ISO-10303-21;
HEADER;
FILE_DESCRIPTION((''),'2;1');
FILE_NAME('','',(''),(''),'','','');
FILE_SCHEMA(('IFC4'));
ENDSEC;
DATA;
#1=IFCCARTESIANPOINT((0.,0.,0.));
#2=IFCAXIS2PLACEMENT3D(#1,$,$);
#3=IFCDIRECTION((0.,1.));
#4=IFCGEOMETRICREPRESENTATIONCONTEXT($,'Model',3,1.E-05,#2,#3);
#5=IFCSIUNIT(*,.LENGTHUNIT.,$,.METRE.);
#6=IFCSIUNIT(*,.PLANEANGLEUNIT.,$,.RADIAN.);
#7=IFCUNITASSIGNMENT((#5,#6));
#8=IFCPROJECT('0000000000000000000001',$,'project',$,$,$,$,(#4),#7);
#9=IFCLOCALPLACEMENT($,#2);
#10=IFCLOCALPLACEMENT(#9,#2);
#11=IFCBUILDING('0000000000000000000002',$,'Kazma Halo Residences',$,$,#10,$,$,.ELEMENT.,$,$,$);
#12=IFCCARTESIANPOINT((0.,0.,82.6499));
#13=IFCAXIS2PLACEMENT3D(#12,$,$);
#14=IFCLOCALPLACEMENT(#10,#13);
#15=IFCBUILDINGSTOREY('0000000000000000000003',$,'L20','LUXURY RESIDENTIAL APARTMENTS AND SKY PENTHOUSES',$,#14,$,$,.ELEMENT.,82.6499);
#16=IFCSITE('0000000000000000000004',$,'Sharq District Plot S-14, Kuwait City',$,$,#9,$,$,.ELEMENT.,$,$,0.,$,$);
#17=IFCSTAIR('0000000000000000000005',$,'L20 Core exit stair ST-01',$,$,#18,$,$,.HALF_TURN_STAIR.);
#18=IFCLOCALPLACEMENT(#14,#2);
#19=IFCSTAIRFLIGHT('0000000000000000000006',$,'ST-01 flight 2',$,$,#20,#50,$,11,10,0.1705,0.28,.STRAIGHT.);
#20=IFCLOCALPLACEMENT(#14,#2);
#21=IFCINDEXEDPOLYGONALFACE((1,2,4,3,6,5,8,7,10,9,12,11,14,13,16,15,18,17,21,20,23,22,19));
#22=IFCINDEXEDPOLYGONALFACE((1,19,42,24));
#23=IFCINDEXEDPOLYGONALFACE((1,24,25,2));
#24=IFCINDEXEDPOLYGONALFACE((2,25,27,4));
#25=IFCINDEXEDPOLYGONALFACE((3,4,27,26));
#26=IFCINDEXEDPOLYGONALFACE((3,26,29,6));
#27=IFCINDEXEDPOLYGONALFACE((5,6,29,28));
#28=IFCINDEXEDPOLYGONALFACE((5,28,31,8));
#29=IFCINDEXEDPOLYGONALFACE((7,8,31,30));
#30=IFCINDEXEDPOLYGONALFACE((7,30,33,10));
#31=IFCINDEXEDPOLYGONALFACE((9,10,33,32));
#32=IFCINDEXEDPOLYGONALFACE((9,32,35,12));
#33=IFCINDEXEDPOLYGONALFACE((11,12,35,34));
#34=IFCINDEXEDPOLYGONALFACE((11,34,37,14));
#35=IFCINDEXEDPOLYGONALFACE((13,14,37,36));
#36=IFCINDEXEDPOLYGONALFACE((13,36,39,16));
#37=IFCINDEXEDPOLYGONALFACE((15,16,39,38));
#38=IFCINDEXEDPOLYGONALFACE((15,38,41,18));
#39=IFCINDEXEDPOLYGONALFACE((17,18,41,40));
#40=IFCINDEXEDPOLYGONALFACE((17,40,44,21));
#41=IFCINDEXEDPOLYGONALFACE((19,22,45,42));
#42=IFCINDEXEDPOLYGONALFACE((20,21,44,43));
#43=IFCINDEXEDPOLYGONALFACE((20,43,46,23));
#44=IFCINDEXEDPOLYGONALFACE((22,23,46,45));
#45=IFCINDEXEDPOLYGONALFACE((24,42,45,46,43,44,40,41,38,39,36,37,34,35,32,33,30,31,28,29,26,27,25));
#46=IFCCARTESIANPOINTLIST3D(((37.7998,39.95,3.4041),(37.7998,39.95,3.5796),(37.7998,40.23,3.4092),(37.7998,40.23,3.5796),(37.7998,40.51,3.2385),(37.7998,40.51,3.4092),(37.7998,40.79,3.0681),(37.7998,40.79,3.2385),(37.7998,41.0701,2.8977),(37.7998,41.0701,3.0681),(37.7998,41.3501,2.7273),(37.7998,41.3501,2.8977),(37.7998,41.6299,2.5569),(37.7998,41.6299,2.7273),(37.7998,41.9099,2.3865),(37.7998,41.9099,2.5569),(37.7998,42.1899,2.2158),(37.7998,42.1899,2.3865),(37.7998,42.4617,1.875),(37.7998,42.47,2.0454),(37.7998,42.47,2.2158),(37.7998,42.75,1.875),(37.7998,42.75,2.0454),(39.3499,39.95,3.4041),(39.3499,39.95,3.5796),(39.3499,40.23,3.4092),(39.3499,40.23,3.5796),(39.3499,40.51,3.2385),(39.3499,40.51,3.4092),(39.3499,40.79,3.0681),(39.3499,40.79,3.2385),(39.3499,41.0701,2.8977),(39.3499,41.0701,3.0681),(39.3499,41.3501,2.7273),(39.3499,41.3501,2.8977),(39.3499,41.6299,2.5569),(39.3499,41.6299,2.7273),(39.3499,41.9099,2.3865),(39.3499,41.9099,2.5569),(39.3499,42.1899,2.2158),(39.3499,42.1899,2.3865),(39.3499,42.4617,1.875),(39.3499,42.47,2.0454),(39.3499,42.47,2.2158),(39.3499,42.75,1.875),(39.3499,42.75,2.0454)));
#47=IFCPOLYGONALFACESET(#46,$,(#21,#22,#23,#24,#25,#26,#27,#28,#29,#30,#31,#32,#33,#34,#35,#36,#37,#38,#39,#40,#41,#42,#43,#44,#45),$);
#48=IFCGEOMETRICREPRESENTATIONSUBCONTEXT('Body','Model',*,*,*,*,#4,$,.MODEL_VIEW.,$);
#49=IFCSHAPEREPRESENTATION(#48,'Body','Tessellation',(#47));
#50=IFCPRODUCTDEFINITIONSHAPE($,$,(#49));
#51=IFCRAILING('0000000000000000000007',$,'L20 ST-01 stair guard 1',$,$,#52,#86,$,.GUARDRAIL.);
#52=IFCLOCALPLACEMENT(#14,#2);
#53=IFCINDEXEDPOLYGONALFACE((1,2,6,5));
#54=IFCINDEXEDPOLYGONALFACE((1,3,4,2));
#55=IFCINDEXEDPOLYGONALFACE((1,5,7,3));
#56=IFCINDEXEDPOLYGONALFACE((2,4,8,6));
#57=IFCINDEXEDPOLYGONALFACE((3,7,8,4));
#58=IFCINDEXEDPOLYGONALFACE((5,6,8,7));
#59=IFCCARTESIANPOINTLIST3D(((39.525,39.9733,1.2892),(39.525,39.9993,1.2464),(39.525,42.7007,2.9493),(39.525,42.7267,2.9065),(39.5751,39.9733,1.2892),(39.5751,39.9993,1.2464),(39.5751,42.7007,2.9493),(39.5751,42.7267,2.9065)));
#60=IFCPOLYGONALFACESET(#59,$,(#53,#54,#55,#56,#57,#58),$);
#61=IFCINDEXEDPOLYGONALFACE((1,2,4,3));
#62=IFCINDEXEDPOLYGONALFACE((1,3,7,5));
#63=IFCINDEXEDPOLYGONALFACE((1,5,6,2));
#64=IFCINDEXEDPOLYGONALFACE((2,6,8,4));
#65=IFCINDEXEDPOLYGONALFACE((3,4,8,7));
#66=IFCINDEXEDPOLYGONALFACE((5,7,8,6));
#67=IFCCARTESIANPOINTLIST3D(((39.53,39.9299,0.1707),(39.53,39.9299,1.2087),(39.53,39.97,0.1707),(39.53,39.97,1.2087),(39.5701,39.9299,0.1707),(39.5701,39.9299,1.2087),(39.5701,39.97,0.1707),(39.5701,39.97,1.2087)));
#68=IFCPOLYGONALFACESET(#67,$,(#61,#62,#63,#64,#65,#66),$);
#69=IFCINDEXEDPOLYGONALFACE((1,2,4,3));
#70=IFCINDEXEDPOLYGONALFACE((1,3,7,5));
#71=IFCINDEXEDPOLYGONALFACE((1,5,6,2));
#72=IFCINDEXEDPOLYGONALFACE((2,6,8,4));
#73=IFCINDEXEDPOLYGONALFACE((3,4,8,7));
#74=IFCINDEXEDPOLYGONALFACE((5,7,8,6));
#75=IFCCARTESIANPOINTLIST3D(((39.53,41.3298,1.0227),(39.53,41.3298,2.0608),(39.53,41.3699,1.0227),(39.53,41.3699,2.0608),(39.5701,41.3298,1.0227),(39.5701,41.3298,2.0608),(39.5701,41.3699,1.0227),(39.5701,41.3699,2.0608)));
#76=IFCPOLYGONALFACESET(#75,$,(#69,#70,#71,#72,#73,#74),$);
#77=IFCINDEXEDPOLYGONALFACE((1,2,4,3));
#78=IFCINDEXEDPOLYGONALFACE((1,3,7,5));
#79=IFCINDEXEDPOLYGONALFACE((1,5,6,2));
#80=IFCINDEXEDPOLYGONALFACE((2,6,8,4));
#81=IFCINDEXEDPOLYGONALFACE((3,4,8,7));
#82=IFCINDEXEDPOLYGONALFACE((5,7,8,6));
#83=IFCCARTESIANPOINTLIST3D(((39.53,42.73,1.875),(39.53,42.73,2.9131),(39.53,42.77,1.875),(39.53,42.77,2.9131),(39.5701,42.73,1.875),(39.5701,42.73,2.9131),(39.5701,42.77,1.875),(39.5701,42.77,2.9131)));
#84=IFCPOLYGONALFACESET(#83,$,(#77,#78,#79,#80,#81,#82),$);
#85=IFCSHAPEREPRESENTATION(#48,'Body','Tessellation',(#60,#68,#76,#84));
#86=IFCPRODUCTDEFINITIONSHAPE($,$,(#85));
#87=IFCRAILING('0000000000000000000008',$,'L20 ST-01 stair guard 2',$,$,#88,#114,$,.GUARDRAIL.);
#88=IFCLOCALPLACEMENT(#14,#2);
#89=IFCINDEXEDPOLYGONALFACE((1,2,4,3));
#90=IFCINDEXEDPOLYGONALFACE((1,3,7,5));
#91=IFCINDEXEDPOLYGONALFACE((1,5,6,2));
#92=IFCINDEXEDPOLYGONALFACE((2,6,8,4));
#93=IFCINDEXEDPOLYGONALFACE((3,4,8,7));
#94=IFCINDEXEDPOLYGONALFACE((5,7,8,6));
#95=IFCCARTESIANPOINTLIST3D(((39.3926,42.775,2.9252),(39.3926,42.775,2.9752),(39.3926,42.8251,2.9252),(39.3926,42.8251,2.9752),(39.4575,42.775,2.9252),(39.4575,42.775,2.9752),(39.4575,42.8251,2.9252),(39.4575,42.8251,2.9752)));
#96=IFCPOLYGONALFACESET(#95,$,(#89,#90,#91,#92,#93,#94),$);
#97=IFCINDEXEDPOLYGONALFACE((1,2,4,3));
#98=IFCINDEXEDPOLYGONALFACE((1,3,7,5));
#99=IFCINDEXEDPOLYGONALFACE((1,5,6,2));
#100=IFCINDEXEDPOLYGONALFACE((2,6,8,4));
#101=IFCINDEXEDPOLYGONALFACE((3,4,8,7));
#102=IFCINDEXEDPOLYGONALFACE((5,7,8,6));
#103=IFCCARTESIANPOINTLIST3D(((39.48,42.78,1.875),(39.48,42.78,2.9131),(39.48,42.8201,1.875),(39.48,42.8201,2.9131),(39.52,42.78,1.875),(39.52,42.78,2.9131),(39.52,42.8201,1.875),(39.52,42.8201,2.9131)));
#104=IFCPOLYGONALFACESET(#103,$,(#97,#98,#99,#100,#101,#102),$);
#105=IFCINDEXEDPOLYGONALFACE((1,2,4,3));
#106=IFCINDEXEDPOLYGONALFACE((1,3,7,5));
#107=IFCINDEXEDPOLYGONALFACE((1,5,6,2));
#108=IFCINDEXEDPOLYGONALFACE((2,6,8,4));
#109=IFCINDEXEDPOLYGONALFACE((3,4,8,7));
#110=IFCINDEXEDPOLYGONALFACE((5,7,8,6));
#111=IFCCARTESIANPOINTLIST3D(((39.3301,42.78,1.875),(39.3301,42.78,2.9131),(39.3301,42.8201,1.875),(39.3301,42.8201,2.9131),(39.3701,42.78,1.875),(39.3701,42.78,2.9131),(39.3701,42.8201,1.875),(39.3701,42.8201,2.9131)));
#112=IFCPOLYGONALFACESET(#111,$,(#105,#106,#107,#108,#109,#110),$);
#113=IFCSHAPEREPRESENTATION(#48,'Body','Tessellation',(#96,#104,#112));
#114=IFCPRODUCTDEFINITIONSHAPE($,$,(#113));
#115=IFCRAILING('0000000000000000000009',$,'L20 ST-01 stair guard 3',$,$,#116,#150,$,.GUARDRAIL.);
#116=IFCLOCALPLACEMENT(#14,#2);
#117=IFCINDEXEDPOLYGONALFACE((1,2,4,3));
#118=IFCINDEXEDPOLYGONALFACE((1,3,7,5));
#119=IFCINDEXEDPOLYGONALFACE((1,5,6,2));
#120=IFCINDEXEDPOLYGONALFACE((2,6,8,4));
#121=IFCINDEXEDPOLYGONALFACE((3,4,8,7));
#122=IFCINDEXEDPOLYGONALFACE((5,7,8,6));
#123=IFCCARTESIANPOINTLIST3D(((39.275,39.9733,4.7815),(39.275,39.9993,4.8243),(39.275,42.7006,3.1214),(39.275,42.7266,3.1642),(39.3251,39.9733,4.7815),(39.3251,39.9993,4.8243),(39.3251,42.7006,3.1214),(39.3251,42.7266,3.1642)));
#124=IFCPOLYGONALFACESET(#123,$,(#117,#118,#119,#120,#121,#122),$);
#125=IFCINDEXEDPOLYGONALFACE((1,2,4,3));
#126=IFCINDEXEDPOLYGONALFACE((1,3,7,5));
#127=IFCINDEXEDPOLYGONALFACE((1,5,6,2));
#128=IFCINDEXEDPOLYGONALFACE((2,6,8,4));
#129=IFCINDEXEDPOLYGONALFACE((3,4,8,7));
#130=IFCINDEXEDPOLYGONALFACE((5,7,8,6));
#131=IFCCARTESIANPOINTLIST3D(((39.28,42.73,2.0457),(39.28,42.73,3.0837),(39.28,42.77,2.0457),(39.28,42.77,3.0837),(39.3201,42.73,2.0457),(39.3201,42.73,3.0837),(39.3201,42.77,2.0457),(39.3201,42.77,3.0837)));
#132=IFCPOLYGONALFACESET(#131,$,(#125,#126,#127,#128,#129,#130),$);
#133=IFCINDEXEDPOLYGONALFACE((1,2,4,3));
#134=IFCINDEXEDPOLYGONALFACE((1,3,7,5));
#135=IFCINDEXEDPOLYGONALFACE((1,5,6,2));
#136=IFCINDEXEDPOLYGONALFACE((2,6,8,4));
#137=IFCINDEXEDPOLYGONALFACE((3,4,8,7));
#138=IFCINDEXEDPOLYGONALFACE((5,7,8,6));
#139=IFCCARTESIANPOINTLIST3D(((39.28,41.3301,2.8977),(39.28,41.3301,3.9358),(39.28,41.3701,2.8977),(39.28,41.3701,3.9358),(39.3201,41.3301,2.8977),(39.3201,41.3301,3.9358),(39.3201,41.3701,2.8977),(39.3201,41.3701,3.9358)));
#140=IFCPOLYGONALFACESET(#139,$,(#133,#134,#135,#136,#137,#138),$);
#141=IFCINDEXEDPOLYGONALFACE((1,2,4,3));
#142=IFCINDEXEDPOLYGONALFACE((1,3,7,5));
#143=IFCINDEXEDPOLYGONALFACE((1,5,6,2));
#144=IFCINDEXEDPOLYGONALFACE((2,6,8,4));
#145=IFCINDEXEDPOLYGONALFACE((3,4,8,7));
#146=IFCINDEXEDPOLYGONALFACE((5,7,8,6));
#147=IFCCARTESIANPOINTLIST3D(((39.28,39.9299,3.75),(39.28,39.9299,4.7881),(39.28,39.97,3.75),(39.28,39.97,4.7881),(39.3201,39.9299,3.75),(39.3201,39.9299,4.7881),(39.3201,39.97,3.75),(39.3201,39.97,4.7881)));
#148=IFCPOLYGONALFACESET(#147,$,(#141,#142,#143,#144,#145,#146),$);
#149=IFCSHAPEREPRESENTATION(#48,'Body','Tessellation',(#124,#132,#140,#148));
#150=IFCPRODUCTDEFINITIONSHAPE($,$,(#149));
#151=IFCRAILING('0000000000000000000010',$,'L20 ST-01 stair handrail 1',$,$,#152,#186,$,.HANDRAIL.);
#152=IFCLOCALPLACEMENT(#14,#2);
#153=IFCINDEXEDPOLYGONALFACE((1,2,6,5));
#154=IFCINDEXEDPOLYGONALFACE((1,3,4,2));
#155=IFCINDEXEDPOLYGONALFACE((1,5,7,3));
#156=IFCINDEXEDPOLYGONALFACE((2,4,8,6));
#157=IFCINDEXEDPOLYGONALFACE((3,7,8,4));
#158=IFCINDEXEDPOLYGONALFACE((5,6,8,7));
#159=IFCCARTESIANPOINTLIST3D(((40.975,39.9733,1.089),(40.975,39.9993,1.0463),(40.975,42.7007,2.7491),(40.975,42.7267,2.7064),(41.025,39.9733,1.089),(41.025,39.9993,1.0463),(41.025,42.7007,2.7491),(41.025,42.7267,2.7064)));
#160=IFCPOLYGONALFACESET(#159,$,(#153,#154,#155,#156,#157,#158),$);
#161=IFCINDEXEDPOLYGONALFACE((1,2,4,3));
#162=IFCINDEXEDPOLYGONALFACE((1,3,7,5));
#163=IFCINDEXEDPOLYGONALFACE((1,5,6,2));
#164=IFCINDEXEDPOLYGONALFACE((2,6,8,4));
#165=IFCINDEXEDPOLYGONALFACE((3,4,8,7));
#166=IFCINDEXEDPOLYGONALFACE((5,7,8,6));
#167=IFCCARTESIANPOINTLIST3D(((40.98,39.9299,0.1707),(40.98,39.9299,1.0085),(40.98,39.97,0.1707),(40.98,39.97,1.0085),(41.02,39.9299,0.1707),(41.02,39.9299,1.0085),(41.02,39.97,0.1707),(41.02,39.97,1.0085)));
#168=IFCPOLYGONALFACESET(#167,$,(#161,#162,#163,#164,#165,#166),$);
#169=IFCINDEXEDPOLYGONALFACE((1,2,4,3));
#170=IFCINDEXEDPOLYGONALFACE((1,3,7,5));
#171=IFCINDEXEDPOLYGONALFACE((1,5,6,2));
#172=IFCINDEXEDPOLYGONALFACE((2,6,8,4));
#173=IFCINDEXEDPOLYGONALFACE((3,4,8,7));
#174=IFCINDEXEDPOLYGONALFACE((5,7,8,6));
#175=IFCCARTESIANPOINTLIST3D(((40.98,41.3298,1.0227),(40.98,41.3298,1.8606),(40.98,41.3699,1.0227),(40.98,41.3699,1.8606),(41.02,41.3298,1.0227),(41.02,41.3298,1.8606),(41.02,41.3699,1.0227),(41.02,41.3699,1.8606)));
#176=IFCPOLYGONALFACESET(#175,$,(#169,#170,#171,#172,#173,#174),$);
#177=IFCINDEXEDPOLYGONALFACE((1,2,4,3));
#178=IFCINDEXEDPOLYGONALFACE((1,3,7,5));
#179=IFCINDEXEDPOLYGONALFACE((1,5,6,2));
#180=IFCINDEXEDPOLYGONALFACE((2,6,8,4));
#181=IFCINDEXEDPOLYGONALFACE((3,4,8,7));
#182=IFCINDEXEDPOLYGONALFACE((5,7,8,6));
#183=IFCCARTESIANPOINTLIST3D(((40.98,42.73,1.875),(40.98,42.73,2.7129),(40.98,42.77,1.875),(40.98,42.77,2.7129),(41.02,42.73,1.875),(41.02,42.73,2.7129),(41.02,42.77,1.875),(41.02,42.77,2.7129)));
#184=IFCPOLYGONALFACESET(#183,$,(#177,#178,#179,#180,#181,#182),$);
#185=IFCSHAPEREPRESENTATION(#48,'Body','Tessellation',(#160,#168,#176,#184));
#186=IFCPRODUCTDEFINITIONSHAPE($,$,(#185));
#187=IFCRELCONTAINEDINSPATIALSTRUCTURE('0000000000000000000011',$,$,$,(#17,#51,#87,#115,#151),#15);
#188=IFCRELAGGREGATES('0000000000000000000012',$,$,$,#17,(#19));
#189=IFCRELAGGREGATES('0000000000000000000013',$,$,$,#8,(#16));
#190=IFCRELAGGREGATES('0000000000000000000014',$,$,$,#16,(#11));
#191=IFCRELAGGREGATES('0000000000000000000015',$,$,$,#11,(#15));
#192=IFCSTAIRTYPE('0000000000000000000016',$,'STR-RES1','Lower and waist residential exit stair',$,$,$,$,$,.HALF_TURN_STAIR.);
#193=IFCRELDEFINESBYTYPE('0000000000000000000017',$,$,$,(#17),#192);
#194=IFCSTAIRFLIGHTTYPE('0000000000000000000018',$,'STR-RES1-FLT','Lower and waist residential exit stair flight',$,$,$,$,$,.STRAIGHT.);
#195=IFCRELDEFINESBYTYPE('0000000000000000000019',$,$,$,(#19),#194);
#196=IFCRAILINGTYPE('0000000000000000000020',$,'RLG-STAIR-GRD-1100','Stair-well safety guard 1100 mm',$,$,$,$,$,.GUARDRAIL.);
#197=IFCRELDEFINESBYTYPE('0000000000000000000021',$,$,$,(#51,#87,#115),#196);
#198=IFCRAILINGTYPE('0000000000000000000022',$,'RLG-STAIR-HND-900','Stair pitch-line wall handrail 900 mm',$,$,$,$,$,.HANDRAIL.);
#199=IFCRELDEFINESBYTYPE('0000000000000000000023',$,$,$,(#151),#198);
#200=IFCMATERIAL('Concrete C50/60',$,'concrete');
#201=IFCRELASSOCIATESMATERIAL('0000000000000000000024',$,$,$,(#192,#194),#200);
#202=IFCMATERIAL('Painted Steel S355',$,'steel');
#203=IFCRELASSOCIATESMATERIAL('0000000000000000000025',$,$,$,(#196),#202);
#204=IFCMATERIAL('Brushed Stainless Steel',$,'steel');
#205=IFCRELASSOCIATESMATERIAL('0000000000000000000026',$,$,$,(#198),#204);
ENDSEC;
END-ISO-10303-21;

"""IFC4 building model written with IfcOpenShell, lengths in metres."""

from ifc_helpers import new_model, si_unit, direction, frame, origin, origin_2d, place, context, subcontext, project, spatial, polyline, rectangle, outline, extrude, material, type_object, element, aggregate, save


model = new_model("IFC4")

# Units and contexts
model_context = context("Model", 3, precision=1e-05, world=origin(), true_north=direction((0.0, 1.0)))
body_context = subcontext(model_context, "Body", "Model", "MODEL_VIEW")
ifc_project = project(units=[si_unit("LENGTHUNIT", "METRE"), si_unit("PLANEANGLEUNIT", "RADIAN")], contexts=[model_context])

# Site, building, storey
site_placement = place(None, origin())
site = spatial("IfcSite", under=ifc_project, at=site_placement, Name="Sharq District Plot S-14, Kuwait City", CompositionType="ELEMENT", RefElevation=0.0)
building_placement = place(site_placement, origin())
building = spatial("IfcBuilding", under=site, at=building_placement, Name="Kazma Halo Residences", CompositionType="ELEMENT")
storey_placement = place(building_placement, frame((0.0, 0.0, 82.6499)))
storey = spatial("IfcBuildingStorey", under=building, at=storey_placement, Name="L20", Description="LUXURY RESIDENTIAL APARTMENTS AND SKY PENTHOUSES", CompositionType="ELEMENT", Elevation=82.6499)

# Stair, stair flight
ifc_material_1 = material(Name="Concrete C50/60", Category="concrete")
stair_type = type_object("IfcStairType", Name="STR-RES1", Description="Lower and waist residential exit stair", PredefinedType="HALF_TURN_STAIR", material=ifc_material_1)
stair_placement = place(storey_placement, origin())
stair = element("IfcStair", 1, at=stair_placement, inside=storey, type_object=stair_type, Name="L20 Core exit stair ST-01", PredefinedType="HALF_TURN_STAIR")
stair_flight_type = type_object("IfcStairFlightType", Name="STR-RES1-FLT", Description="Lower and waist residential exit stair flight", PredefinedType="STRAIGHT", material=ifc_material_1)
stair_flight_1_placement = place(storey_placement, frame((38.575, 42.75, 1.875), z_axis=(0.0, 0.0, 1.0), x_axis=(0.0, -1.0, 0.0)))
stair_flight_1 = element("IfcStairFlight", 2, at=stair_flight_1_placement, type_object=stair_flight_type, Name="ST-01 flight 2", NumberOfRisers=11, NumberOfTreads=10, PredefinedType="STRAIGHT", RiserHeight=0.1705, TreadLength=0.28, context=body_context, shape_type="SweptSolid", body=[
    extrude(outline(polyline([(0.0, 0.0), (0.0, 0.1704), (0.28, 0.1704), (0.28, 0.3408), (0.5601, 0.3408), (0.5601, 0.5115), (0.8401, 0.5115), (0.8401, 0.6819), (1.1201, 0.6819), (1.1201, 0.8523), (1.3999, 0.8523), (1.3999, 1.0227), (1.6799, 1.0227), (1.6799, 1.1931), (1.96, 1.1931), (1.96, 1.3635), (2.24, 1.3635), (2.24, 1.5342), (2.52, 1.5342), (2.52, 1.7046), (2.8, 1.7046), (2.8, 1.875), (2.8, 1.5291), (0.2883, 0.0), (0.0, 0.0)])), frame((0.0, 0.7749, 0.0), z_axis=(0.0, -1.0, 0.0), x_axis=(1.0, 0.0, 0.0)), (0.0, 0.0, 1.0), 1.55),
])
aggregate(stair, [stair_flight_1])

# Railings
ifc_material_2 = material(Name="Painted Steel S355", Category="steel")
railing_type_1 = type_object("IfcRailingType", Name="RLG-STAIR-GRD-1100", Description="Stair-well safety guard 1100 mm", PredefinedType="GUARDRAIL", material=ifc_material_2)
railing_1_placement = place(storey_placement, frame((39.55, 39.95, 0.1707)))
element("IfcRailing", 3, at=railing_1_placement, inside=storey, type_object=railing_type_1, Name="L20 ST-01 stair guard 1", PredefinedType="GUARDRAIL", context=body_context, shape_type="SweptSolid", body=[
    extrude(rectangle(XDim=0.05, YDim=0.05, at=origin_2d()), frame((0.0, 0.0364, 1.0972), z_axis=(0.0, 0.854203, 0.51994), x_axis=(-1.0, 0.0, 0.0)), (0.0, 0.0, 1.0), 3.1929),
    extrude(rectangle(XDim=0.04, YDim=0.04, at=origin_2d()), origin(), (0.0, 0.0, 1.0), 1.0381),
    extrude(rectangle(XDim=0.04, YDim=0.04, at=origin_2d()), frame((0.0, 1.3999, 0.8521)), (0.0, 0.0, 1.0), 1.0381),
    extrude(rectangle(XDim=0.04, YDim=0.04, at=origin_2d()), frame((0.0, 2.8, 1.7043)), (0.0, 0.0, 1.0), 1.0381),
])
railing_2_placement = place(storey_placement, frame((39.5, 42.8, 1.875)))
element("IfcRailing", 4, at=railing_2_placement, inside=storey, type_object=railing_type_1, Name="L20 ST-01 stair guard 2", PredefinedType="GUARDRAIL", context=body_context, shape_type="SweptSolid", body=[
    extrude(rectangle(XDim=0.05, YDim=0.05, at=origin_2d()), frame((-0.0425, 0.0, 1.0752), z_axis=(-1.0, 0.0, 0.0), x_axis=(0.0, -1.0, 0.0)), (0.0, 0.0, 1.0), 0.0649),
    extrude(rectangle(XDim=0.04, YDim=0.04, at=origin_2d()), origin(), (0.0, 0.0, 1.0), 1.0381),
    extrude(rectangle(XDim=0.04, YDim=0.04, at=origin_2d()), frame((-0.1499, 0.0, 0.0)), (0.0, 0.0, 1.0), 1.0381),
])
railing_3_placement = place(storey_placement, frame((39.3, 42.75, 2.0457)))
element("IfcRailing", 5, at=railing_3_placement, inside=storey, type_object=railing_type_1, Name="L20 ST-01 stair guard 3", PredefinedType="GUARDRAIL", context=body_context, shape_type="SweptSolid", body=[
    extrude(rectangle(XDim=0.05, YDim=0.05, at=origin_2d()), frame((0.0, -0.0364, 1.0972), z_axis=(0.0, -0.854203, 0.51994), x_axis=(1.0, 0.0, 0.0)), (0.0, 0.0, 1.0), 3.1929),
    extrude(rectangle(XDim=0.04, YDim=0.04, at=origin_2d()), origin(), (0.0, 0.0, 1.0), 1.0381),
    extrude(rectangle(XDim=0.04, YDim=0.04, at=origin_2d()), frame((0.0, -1.3999, 0.8521)), (0.0, 0.0, 1.0), 1.0381),
    extrude(rectangle(XDim=0.04, YDim=0.04, at=origin_2d()), frame((0.0, -2.8, 1.7043)), (0.0, 0.0, 1.0), 1.0381),
])
ifc_material_3 = material(Name="Brushed Stainless Steel", Category="steel")
railing_type_2 = type_object("IfcRailingType", Name="RLG-STAIR-HND-900", Description="Stair pitch-line wall handrail 900 mm", PredefinedType="HANDRAIL", material=ifc_material_3)
railing_4_placement = place(storey_placement, frame((41.0, 39.95, 0.1707)))
element("IfcRailing", 6, at=railing_4_placement, inside=storey, type_object=railing_type_2, Name="L20 ST-01 stair handrail 1", PredefinedType="HANDRAIL", context=body_context, shape_type="SweptSolid", body=[
    extrude(rectangle(XDim=0.05, YDim=0.05, at=origin_2d()), frame((0.0, 0.0364, 0.897), z_axis=(0.0, 0.854203, 0.51994), x_axis=(-1.0, 0.0, 0.0)), (0.0, 0.0, 1.0), 3.1929),
    extrude(rectangle(XDim=0.04, YDim=0.04, at=origin_2d()), origin(), (0.0, 0.0, 1.0), 0.8379),
    extrude(rectangle(XDim=0.04, YDim=0.04, at=origin_2d()), frame((0.0, 1.3999, 0.8521)), (0.0, 0.0, 1.0), 0.8379),
    extrude(rectangle(XDim=0.04, YDim=0.04, at=origin_2d()), frame((0.0, 2.8, 1.7043)), (0.0, 0.0, 1.0), 0.8379),
])

save(model, "model.ifc")
